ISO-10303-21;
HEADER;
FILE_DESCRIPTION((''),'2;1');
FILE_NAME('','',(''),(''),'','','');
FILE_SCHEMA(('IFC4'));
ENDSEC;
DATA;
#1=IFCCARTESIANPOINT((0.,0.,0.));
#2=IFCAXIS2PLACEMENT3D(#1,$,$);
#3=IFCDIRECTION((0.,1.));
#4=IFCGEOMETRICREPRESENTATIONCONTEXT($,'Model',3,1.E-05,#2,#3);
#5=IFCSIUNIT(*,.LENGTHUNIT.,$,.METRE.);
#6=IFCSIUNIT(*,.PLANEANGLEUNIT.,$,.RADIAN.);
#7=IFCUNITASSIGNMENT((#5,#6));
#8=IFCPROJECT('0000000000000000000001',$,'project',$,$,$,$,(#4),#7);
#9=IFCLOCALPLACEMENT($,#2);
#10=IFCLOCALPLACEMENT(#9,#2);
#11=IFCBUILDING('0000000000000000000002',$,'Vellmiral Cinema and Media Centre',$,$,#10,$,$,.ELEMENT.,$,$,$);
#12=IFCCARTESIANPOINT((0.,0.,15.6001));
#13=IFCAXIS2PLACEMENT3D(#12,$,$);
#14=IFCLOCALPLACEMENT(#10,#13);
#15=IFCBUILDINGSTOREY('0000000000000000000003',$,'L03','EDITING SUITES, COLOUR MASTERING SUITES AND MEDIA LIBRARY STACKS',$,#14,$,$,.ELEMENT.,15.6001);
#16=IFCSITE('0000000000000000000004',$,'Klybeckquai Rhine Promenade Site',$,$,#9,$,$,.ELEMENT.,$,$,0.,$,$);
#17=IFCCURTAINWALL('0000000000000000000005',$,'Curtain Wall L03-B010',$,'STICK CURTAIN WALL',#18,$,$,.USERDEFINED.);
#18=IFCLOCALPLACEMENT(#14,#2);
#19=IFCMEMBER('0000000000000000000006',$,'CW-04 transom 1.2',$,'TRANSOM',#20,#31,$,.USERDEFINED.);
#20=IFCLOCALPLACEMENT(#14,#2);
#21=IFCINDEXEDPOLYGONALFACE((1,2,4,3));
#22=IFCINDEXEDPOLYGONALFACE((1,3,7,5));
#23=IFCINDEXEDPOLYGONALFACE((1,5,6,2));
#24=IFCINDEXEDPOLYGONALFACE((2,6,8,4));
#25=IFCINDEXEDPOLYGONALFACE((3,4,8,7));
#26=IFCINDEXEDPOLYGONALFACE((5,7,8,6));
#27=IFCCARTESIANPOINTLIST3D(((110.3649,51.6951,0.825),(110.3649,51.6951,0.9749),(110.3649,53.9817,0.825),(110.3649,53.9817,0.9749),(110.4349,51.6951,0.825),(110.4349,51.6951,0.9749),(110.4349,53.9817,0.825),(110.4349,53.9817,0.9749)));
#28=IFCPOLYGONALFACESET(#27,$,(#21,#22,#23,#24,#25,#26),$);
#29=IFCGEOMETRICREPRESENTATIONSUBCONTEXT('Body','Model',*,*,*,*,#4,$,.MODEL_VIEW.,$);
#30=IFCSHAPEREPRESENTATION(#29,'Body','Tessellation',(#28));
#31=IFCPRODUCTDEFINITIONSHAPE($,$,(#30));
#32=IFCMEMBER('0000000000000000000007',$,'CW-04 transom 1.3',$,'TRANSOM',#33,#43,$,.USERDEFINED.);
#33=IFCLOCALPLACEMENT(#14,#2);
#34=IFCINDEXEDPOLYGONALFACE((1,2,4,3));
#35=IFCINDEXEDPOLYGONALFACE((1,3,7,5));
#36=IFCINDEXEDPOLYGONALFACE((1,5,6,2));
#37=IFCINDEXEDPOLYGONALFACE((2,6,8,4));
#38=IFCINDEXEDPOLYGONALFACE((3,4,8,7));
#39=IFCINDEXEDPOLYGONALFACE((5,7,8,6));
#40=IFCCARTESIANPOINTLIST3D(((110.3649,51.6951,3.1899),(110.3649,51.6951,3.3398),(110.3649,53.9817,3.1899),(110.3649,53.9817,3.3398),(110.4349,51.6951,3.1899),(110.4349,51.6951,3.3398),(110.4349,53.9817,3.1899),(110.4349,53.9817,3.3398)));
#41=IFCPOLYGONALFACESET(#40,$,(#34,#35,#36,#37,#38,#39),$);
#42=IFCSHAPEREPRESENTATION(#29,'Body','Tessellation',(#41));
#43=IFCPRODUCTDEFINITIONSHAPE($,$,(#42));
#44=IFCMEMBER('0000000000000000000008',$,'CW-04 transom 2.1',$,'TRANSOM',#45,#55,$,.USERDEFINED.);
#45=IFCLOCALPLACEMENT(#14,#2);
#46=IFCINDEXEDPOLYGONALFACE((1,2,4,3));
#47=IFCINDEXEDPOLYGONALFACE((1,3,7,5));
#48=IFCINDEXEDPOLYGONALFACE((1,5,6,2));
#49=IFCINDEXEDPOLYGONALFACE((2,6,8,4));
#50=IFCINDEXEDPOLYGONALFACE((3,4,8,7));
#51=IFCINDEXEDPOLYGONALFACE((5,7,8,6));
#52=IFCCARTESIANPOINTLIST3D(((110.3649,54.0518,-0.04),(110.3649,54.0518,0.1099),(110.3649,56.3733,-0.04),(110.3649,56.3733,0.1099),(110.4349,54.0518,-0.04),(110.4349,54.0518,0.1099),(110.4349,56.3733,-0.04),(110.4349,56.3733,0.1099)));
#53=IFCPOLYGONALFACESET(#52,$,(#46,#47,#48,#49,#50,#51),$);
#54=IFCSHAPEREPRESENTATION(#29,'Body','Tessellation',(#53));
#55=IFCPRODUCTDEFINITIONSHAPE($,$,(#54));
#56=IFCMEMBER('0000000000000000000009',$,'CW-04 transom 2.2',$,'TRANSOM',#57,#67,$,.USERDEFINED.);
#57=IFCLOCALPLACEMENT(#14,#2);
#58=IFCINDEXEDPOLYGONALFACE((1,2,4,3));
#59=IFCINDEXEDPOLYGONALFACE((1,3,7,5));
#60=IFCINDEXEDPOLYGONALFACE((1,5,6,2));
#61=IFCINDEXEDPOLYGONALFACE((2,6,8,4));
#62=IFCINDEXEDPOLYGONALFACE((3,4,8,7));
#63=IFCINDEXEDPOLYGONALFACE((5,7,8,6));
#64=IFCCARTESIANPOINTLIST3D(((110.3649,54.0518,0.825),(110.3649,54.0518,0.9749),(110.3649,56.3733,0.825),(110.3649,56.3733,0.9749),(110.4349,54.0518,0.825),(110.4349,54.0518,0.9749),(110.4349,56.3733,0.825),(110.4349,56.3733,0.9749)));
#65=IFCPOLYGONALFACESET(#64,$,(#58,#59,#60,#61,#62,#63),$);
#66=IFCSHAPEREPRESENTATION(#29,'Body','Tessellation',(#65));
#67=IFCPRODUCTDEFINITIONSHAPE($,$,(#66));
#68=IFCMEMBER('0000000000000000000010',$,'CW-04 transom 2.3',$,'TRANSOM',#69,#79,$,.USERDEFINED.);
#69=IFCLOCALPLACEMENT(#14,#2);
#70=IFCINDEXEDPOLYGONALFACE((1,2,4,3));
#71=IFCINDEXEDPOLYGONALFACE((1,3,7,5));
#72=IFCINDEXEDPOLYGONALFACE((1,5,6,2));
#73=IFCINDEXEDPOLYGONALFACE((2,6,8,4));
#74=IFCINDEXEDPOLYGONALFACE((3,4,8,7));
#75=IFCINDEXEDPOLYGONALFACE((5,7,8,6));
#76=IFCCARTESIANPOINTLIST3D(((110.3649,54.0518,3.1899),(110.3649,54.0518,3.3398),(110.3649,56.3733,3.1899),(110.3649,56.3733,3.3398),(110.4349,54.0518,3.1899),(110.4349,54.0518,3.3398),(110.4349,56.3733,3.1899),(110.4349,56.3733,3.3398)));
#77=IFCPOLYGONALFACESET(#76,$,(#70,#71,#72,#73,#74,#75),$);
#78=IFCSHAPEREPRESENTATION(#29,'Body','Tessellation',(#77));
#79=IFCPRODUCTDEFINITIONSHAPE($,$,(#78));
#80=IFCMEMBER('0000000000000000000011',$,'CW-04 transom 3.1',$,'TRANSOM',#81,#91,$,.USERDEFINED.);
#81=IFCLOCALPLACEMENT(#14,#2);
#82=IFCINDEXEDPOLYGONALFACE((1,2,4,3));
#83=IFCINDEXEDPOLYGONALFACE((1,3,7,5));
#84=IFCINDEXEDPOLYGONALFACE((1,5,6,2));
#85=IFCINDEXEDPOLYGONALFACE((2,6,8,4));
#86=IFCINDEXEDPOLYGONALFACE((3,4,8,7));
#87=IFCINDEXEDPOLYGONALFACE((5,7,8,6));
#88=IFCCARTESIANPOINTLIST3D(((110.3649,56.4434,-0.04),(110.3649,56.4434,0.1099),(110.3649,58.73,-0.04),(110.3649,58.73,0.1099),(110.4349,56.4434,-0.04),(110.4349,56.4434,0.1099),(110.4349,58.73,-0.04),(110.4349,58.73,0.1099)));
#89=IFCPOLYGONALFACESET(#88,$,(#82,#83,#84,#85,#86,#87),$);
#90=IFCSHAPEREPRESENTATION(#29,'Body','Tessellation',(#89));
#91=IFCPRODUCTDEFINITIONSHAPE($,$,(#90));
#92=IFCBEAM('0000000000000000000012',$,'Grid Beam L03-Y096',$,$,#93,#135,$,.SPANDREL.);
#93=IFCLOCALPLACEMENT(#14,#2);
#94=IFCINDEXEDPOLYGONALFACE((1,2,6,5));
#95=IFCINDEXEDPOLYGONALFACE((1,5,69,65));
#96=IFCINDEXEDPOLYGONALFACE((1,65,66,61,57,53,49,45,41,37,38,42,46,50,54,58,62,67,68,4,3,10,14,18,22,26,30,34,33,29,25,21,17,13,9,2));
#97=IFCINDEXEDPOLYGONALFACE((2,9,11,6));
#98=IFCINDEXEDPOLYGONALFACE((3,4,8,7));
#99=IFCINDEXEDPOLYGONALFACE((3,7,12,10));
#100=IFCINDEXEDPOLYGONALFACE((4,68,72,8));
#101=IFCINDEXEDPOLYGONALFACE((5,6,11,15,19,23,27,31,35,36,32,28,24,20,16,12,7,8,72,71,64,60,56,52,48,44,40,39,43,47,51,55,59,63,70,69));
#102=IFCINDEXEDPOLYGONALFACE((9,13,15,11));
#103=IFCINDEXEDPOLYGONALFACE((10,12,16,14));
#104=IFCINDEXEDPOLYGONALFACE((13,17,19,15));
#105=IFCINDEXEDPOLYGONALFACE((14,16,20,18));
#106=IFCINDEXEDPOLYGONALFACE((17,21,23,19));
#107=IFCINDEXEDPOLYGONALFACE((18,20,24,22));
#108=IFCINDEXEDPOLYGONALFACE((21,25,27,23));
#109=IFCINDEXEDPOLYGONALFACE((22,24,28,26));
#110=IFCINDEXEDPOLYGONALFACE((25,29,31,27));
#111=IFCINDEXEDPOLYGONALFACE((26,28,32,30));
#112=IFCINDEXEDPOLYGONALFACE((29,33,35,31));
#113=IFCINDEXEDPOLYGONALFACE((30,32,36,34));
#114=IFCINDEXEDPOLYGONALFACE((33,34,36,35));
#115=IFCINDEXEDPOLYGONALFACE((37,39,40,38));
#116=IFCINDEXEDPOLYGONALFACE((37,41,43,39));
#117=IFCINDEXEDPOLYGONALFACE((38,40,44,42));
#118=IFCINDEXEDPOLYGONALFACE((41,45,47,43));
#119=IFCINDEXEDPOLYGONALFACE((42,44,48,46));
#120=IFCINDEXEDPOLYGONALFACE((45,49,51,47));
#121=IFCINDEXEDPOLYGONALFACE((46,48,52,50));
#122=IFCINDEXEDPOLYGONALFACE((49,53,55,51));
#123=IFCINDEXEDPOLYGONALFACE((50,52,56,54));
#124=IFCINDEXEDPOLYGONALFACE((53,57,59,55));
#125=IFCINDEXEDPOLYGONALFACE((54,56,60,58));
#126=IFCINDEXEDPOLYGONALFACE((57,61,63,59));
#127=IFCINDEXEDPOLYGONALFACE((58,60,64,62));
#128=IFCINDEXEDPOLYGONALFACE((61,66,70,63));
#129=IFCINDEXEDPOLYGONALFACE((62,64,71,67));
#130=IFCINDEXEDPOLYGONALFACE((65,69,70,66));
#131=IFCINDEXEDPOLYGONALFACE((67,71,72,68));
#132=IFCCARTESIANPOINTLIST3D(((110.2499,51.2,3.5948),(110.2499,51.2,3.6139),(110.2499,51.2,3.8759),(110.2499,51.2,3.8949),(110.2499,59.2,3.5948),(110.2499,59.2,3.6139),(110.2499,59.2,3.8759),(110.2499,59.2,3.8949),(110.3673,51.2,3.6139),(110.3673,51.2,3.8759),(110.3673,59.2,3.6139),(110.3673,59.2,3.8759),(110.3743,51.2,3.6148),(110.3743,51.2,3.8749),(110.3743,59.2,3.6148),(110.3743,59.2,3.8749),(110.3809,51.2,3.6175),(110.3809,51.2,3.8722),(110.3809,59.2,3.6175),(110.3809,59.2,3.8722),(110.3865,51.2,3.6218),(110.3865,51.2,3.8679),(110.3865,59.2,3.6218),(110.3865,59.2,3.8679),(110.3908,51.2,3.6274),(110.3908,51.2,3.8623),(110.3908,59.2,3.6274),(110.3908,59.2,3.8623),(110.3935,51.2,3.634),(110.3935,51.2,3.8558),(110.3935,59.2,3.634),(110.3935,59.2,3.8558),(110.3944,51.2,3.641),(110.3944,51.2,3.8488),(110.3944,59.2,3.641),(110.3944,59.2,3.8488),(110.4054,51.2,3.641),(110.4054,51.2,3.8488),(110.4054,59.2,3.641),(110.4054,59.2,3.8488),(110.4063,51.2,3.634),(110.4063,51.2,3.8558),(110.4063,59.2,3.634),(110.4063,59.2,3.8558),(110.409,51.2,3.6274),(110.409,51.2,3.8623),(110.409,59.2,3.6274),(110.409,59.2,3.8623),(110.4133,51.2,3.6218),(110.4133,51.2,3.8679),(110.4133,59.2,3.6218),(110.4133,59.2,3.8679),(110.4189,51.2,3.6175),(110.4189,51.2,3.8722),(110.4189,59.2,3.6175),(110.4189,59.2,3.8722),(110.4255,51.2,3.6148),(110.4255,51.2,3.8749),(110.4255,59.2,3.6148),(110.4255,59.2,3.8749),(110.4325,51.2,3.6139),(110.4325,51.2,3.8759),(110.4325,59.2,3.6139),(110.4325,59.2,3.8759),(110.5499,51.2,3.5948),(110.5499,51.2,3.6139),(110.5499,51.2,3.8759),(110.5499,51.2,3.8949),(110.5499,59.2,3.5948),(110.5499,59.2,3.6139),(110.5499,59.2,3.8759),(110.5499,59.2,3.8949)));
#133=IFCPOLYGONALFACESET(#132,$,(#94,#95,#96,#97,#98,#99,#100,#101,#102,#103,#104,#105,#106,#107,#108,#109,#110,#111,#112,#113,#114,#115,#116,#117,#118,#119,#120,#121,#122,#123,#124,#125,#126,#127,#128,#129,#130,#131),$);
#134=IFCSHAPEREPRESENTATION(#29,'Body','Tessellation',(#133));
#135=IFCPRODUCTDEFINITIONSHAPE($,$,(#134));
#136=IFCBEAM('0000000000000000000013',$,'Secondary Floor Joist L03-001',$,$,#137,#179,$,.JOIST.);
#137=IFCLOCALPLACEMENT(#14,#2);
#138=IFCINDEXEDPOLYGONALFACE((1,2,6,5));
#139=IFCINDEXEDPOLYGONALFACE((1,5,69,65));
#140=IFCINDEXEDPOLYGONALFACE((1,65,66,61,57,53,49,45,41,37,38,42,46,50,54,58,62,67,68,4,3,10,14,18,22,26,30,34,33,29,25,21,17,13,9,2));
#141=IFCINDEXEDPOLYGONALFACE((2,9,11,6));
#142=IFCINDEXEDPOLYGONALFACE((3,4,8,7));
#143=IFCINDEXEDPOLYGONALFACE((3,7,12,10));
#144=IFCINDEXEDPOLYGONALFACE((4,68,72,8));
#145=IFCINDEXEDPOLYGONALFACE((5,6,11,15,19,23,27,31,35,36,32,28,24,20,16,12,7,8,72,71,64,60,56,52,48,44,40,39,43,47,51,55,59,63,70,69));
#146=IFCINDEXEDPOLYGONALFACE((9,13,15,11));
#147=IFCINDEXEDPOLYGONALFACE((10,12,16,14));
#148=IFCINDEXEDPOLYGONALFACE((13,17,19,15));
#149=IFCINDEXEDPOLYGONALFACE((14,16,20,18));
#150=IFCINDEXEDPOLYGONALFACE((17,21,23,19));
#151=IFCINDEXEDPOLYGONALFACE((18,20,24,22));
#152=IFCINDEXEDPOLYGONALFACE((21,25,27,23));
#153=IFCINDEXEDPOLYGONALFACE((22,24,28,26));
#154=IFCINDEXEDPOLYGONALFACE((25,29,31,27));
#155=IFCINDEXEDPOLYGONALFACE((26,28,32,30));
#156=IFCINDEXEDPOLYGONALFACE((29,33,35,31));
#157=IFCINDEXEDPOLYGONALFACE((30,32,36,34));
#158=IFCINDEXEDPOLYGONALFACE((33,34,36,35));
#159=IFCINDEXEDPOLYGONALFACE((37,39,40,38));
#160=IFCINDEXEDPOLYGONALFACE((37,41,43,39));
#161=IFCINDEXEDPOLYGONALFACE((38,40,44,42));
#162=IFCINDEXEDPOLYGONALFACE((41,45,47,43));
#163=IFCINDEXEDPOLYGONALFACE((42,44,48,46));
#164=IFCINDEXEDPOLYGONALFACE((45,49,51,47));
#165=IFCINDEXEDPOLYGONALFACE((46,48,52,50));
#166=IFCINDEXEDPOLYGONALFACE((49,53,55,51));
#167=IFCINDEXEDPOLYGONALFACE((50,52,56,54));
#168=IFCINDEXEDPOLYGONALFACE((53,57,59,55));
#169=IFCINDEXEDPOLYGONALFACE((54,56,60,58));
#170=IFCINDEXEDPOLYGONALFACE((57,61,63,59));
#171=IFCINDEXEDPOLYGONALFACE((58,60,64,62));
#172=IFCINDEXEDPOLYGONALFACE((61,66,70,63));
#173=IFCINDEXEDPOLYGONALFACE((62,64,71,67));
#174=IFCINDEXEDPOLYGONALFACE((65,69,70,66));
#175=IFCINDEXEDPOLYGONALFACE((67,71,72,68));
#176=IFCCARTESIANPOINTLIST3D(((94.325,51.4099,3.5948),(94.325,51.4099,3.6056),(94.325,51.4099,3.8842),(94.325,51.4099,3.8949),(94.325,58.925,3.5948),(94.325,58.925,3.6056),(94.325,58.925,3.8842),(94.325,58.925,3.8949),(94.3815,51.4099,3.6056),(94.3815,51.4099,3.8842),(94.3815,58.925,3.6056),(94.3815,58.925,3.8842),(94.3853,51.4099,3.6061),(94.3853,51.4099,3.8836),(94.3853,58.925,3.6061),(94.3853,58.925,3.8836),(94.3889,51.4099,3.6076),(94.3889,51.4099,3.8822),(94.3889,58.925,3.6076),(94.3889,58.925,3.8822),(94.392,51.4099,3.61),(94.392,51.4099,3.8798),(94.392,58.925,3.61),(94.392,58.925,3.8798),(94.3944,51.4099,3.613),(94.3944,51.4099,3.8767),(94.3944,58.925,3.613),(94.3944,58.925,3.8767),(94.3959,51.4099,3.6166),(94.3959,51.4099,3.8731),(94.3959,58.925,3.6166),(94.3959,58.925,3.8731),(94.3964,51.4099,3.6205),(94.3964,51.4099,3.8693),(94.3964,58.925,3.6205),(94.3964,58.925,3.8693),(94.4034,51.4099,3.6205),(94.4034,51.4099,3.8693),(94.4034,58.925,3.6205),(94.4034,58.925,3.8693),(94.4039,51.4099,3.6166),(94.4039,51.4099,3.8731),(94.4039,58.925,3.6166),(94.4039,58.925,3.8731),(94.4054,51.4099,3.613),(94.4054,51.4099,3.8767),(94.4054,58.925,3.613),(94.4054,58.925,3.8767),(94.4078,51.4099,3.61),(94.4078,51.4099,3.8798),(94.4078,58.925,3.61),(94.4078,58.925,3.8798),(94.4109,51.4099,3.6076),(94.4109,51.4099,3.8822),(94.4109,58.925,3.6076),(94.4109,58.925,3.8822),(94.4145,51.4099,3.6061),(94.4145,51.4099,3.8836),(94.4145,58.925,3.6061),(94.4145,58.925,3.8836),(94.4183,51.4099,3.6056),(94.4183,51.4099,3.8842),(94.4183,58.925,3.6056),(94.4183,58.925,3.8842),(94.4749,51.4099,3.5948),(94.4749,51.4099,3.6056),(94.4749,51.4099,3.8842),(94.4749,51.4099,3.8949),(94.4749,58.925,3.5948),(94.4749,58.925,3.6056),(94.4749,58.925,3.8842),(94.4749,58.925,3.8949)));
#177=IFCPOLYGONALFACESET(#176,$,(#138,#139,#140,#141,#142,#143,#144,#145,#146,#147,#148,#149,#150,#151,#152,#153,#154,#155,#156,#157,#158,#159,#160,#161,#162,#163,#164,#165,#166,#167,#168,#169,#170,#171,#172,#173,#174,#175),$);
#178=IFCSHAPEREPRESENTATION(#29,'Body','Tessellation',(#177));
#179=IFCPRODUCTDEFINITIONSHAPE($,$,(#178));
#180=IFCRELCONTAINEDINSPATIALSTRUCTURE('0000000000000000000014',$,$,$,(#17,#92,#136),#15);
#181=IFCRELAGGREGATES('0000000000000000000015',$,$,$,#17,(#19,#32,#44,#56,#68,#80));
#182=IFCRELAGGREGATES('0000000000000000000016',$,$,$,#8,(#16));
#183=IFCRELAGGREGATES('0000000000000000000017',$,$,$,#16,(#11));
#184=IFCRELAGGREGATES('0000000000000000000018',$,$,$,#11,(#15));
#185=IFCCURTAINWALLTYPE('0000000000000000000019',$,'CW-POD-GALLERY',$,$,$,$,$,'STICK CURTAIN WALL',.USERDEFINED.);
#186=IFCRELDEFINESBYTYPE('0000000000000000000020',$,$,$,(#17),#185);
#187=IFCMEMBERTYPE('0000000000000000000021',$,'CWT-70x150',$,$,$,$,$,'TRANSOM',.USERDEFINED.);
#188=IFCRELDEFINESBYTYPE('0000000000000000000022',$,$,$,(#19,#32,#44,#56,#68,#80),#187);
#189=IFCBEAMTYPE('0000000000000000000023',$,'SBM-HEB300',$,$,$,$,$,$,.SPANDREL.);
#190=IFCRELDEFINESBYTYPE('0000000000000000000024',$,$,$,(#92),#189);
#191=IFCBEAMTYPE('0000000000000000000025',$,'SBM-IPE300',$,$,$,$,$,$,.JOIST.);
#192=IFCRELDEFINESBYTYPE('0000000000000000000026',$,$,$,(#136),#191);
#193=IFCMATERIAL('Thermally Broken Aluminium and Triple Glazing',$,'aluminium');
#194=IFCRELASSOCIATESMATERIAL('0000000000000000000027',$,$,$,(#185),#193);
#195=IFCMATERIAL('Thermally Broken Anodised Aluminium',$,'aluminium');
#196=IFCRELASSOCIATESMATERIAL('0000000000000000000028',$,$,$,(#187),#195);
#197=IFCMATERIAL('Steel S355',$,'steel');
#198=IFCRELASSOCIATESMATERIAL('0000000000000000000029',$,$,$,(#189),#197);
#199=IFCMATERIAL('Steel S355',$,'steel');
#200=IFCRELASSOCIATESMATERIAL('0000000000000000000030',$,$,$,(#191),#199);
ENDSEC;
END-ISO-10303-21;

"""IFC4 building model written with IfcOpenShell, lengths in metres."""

from ifc_helpers import new_model, si_unit, direction, frame, origin, origin_2d, place, context, subcontext, project, spatial, rectangle, i_section, extrude, material, material_profile, profile_set, type_object, element, aggregate, save


model = new_model("IFC4")

# Units and contexts
model_context = context("Model", 3, precision=1e-05, world=origin(), true_north=direction((0.0, 1.0)))
body_context = subcontext(model_context, "Body", "Model", "MODEL_VIEW")
ifc_project = project(units=[si_unit("LENGTHUNIT", "METRE"), si_unit("PLANEANGLEUNIT", "RADIAN")], contexts=[model_context])

# Site, building, storey
site_placement = place(None, origin())
site = spatial("IfcSite", under=ifc_project, at=site_placement, Name="Klybeckquai Rhine Promenade Site", CompositionType="ELEMENT", RefElevation=0.0)
building_placement = place(site_placement, origin())
building = spatial("IfcBuilding", under=site, at=building_placement, Name="Vellmiral Cinema and Media Centre", CompositionType="ELEMENT")
storey_placement = place(building_placement, frame((0.0, 0.0, 15.6001)))
storey = spatial("IfcBuildingStorey", under=building, at=storey_placement, Name="L03", Description="EDITING SUITES, COLOUR MASTERING SUITES AND MEDIA LIBRARY STACKS", CompositionType="ELEMENT", Elevation=15.6001)

# Curtain wall, members
ifc_material_1 = material(Name="Thermally Broken Aluminium and Triple Glazing", Category="aluminium")
curtain_wall_type = type_object("IfcCurtainWallType", Name="CW-POD-GALLERY", ElementType="STICK CURTAIN WALL", PredefinedType="USERDEFINED", material=ifc_material_1)
curtain_wall_placement = place(storey_placement, origin())
curtain_wall = element("IfcCurtainWall", 1, at=curtain_wall_placement, inside=storey, type_object=curtain_wall_type, Name="Curtain Wall L03-B010", ObjectType="STICK CURTAIN WALL", PredefinedType="USERDEFINED")
ifc_material_2 = material(Name="Thermally Broken Anodised Aluminium", Category="aluminium")
ifc_material_profile_1 = material_profile(ifc_material_2, rectangle(XDim=0.0701, YDim=0.1499, at=origin_2d()), Name="MULL 70x150")
ifc_profile_set_1 = profile_set([ifc_material_profile_1], Name="Thermally Broken Anodised Aluminium")
member_type_1 = type_object("IfcMemberType", Name="CWT-70x150", ElementType="TRANSOM", PredefinedType="USERDEFINED", material=ifc_profile_set_1)
member_1_placement = place(storey_placement, frame((110.3999, 51.6951, 0.8999), z_axis=(0.0, 1.0, 0.0), x_axis=(-1.0, 0.0, 0.0)))
member_1 = element("IfcMember", 2, at=member_1_placement, type_object=member_type_1, Name="CW-04 transom 1.2", ObjectType="TRANSOM", PredefinedType="USERDEFINED", context=body_context, shape_type="SweptSolid", body=[
    extrude(rectangle(XDim=0.0701, YDim=0.1499, at=origin_2d()), origin(), (0.0, 0.0, 1.0), 2.2866),
])
member_2_placement = place(storey_placement, frame((110.3999, 51.6951, 3.2649), z_axis=(0.0, 1.0, 0.0), x_axis=(-1.0, 0.0, 0.0)))
member_2 = element("IfcMember", 3, at=member_2_placement, type_object=member_type_1, Name="CW-04 transom 1.3", ObjectType="TRANSOM", PredefinedType="USERDEFINED", context=body_context, shape_type="SweptSolid", body=[
    extrude(rectangle(XDim=0.0701, YDim=0.1499, at=origin_2d()), origin(), (0.0, 0.0, 1.0), 2.2866),
])
member_3_placement = place(storey_placement, frame((110.3999, 54.0518, 0.0349), z_axis=(0.0, 1.0, 0.0), x_axis=(-1.0, 0.0, 0.0)))
member_3 = element("IfcMember", 4, at=member_3_placement, type_object=member_type_1, Name="CW-04 transom 2.1", ObjectType="TRANSOM", PredefinedType="USERDEFINED", context=body_context, shape_type="SweptSolid", body=[
    extrude(rectangle(XDim=0.0701, YDim=0.1499, at=origin_2d()), origin(), (0.0, 0.0, 1.0), 2.3215),
])
member_4_placement = place(storey_placement, frame((110.3999, 54.0518, 0.8999), z_axis=(0.0, 1.0, 0.0), x_axis=(-1.0, 0.0, 0.0)))
member_4 = element("IfcMember", 5, at=member_4_placement, type_object=member_type_1, Name="CW-04 transom 2.2", ObjectType="TRANSOM", PredefinedType="USERDEFINED", context=body_context, shape_type="SweptSolid", body=[
    extrude(rectangle(XDim=0.0701, YDim=0.1499, at=origin_2d()), origin(), (0.0, 0.0, 1.0), 2.3215),
])
member_5_placement = place(storey_placement, frame((110.3999, 54.0518, 3.2649), z_axis=(0.0, 1.0, 0.0), x_axis=(-1.0, 0.0, 0.0)))
member_5 = element("IfcMember", 6, at=member_5_placement, type_object=member_type_1, Name="CW-04 transom 2.3", ObjectType="TRANSOM", PredefinedType="USERDEFINED", context=body_context, shape_type="SweptSolid", body=[
    extrude(rectangle(XDim=0.0701, YDim=0.1499, at=origin_2d()), origin(), (0.0, 0.0, 1.0), 2.3215),
])
member_6_placement = place(storey_placement, frame((110.3999, 56.4434, 0.0349), z_axis=(0.0, 1.0, 0.0), x_axis=(-1.0, 0.0, 0.0)))
member_6 = element("IfcMember", 7, at=member_6_placement, type_object=member_type_1, Name="CW-04 transom 3.1", ObjectType="TRANSOM", PredefinedType="USERDEFINED", context=body_context, shape_type="SweptSolid", body=[
    extrude(rectangle(XDim=0.0701, YDim=0.1499, at=origin_2d()), origin(), (0.0, 0.0, 1.0), 2.2866),
])

# Beams
ifc_material_3 = material(Name="Steel S355", Category="steel")
ifc_material_profile_2 = material_profile(ifc_material_3, i_section(OverallWidth=0.3, OverallDepth=0.3, WebThickness=0.011, FlangeThickness=0.019, FilletRadius=0.0271, at=origin_2d()), Name="HEB 300")
ifc_profile_set_2 = profile_set([ifc_material_profile_2], Name="Steel S355")
beam_type_1 = type_object("IfcBeamType", Name="SBM-HEB300", PredefinedType="SPANDREL", material=ifc_profile_set_2)
beam_1_placement = place(storey_placement, frame((110.3999, 51.2, 3.7449), z_axis=(0.0, 1.0, 0.0), x_axis=(-1.0, 0.0, 0.0)))
element("IfcBeam", 8, at=beam_1_placement, inside=storey, type_object=beam_type_1, Name="Grid Beam L03-Y096", PredefinedType="SPANDREL", context=body_context, shape_type="SweptSolid", body=[
    extrude(i_section(OverallWidth=0.3, OverallDepth=0.3, WebThickness=0.011, FlangeThickness=0.019, FilletRadius=0.0271, at=origin_2d()), origin(), (0.0, 0.0, 1.0), 8.0),
])
ifc_material_4 = material(Name="Steel S355", Category="steel")
ifc_material_profile_3 = material_profile(ifc_material_4, i_section(OverallWidth=0.1499, OverallDepth=0.3, WebThickness=0.0071, FlangeThickness=0.0107, FilletRadius=0.0149, at=origin_2d()), Name="IPE 300")
ifc_profile_set_3 = profile_set([ifc_material_profile_3], Name="Steel S355")
beam_type_2 = type_object("IfcBeamType", Name="SBM-IPE300", PredefinedType="JOIST", material=ifc_profile_set_3)
beam_2_placement = place(storey_placement, frame((94.3999, 51.4099, 3.7449), z_axis=(0.0, 1.0, 0.0), x_axis=(-1.0, 0.0, 0.0)))
element("IfcBeam", 9, at=beam_2_placement, inside=storey, type_object=beam_type_2, Name="Secondary Floor Joist L03-001", PredefinedType="JOIST", context=body_context, shape_type="SweptSolid", body=[
    extrude(i_section(OverallWidth=0.1499, OverallDepth=0.3, WebThickness=0.0071, FlangeThickness=0.0107, FilletRadius=0.0149, at=origin_2d()), origin(), (0.0, 0.0, 1.0), 7.5151),
])

aggregate(curtain_wall, [member_1, member_2, member_3, member_4, member_5, member_6])

save(model, "model.ifc")
